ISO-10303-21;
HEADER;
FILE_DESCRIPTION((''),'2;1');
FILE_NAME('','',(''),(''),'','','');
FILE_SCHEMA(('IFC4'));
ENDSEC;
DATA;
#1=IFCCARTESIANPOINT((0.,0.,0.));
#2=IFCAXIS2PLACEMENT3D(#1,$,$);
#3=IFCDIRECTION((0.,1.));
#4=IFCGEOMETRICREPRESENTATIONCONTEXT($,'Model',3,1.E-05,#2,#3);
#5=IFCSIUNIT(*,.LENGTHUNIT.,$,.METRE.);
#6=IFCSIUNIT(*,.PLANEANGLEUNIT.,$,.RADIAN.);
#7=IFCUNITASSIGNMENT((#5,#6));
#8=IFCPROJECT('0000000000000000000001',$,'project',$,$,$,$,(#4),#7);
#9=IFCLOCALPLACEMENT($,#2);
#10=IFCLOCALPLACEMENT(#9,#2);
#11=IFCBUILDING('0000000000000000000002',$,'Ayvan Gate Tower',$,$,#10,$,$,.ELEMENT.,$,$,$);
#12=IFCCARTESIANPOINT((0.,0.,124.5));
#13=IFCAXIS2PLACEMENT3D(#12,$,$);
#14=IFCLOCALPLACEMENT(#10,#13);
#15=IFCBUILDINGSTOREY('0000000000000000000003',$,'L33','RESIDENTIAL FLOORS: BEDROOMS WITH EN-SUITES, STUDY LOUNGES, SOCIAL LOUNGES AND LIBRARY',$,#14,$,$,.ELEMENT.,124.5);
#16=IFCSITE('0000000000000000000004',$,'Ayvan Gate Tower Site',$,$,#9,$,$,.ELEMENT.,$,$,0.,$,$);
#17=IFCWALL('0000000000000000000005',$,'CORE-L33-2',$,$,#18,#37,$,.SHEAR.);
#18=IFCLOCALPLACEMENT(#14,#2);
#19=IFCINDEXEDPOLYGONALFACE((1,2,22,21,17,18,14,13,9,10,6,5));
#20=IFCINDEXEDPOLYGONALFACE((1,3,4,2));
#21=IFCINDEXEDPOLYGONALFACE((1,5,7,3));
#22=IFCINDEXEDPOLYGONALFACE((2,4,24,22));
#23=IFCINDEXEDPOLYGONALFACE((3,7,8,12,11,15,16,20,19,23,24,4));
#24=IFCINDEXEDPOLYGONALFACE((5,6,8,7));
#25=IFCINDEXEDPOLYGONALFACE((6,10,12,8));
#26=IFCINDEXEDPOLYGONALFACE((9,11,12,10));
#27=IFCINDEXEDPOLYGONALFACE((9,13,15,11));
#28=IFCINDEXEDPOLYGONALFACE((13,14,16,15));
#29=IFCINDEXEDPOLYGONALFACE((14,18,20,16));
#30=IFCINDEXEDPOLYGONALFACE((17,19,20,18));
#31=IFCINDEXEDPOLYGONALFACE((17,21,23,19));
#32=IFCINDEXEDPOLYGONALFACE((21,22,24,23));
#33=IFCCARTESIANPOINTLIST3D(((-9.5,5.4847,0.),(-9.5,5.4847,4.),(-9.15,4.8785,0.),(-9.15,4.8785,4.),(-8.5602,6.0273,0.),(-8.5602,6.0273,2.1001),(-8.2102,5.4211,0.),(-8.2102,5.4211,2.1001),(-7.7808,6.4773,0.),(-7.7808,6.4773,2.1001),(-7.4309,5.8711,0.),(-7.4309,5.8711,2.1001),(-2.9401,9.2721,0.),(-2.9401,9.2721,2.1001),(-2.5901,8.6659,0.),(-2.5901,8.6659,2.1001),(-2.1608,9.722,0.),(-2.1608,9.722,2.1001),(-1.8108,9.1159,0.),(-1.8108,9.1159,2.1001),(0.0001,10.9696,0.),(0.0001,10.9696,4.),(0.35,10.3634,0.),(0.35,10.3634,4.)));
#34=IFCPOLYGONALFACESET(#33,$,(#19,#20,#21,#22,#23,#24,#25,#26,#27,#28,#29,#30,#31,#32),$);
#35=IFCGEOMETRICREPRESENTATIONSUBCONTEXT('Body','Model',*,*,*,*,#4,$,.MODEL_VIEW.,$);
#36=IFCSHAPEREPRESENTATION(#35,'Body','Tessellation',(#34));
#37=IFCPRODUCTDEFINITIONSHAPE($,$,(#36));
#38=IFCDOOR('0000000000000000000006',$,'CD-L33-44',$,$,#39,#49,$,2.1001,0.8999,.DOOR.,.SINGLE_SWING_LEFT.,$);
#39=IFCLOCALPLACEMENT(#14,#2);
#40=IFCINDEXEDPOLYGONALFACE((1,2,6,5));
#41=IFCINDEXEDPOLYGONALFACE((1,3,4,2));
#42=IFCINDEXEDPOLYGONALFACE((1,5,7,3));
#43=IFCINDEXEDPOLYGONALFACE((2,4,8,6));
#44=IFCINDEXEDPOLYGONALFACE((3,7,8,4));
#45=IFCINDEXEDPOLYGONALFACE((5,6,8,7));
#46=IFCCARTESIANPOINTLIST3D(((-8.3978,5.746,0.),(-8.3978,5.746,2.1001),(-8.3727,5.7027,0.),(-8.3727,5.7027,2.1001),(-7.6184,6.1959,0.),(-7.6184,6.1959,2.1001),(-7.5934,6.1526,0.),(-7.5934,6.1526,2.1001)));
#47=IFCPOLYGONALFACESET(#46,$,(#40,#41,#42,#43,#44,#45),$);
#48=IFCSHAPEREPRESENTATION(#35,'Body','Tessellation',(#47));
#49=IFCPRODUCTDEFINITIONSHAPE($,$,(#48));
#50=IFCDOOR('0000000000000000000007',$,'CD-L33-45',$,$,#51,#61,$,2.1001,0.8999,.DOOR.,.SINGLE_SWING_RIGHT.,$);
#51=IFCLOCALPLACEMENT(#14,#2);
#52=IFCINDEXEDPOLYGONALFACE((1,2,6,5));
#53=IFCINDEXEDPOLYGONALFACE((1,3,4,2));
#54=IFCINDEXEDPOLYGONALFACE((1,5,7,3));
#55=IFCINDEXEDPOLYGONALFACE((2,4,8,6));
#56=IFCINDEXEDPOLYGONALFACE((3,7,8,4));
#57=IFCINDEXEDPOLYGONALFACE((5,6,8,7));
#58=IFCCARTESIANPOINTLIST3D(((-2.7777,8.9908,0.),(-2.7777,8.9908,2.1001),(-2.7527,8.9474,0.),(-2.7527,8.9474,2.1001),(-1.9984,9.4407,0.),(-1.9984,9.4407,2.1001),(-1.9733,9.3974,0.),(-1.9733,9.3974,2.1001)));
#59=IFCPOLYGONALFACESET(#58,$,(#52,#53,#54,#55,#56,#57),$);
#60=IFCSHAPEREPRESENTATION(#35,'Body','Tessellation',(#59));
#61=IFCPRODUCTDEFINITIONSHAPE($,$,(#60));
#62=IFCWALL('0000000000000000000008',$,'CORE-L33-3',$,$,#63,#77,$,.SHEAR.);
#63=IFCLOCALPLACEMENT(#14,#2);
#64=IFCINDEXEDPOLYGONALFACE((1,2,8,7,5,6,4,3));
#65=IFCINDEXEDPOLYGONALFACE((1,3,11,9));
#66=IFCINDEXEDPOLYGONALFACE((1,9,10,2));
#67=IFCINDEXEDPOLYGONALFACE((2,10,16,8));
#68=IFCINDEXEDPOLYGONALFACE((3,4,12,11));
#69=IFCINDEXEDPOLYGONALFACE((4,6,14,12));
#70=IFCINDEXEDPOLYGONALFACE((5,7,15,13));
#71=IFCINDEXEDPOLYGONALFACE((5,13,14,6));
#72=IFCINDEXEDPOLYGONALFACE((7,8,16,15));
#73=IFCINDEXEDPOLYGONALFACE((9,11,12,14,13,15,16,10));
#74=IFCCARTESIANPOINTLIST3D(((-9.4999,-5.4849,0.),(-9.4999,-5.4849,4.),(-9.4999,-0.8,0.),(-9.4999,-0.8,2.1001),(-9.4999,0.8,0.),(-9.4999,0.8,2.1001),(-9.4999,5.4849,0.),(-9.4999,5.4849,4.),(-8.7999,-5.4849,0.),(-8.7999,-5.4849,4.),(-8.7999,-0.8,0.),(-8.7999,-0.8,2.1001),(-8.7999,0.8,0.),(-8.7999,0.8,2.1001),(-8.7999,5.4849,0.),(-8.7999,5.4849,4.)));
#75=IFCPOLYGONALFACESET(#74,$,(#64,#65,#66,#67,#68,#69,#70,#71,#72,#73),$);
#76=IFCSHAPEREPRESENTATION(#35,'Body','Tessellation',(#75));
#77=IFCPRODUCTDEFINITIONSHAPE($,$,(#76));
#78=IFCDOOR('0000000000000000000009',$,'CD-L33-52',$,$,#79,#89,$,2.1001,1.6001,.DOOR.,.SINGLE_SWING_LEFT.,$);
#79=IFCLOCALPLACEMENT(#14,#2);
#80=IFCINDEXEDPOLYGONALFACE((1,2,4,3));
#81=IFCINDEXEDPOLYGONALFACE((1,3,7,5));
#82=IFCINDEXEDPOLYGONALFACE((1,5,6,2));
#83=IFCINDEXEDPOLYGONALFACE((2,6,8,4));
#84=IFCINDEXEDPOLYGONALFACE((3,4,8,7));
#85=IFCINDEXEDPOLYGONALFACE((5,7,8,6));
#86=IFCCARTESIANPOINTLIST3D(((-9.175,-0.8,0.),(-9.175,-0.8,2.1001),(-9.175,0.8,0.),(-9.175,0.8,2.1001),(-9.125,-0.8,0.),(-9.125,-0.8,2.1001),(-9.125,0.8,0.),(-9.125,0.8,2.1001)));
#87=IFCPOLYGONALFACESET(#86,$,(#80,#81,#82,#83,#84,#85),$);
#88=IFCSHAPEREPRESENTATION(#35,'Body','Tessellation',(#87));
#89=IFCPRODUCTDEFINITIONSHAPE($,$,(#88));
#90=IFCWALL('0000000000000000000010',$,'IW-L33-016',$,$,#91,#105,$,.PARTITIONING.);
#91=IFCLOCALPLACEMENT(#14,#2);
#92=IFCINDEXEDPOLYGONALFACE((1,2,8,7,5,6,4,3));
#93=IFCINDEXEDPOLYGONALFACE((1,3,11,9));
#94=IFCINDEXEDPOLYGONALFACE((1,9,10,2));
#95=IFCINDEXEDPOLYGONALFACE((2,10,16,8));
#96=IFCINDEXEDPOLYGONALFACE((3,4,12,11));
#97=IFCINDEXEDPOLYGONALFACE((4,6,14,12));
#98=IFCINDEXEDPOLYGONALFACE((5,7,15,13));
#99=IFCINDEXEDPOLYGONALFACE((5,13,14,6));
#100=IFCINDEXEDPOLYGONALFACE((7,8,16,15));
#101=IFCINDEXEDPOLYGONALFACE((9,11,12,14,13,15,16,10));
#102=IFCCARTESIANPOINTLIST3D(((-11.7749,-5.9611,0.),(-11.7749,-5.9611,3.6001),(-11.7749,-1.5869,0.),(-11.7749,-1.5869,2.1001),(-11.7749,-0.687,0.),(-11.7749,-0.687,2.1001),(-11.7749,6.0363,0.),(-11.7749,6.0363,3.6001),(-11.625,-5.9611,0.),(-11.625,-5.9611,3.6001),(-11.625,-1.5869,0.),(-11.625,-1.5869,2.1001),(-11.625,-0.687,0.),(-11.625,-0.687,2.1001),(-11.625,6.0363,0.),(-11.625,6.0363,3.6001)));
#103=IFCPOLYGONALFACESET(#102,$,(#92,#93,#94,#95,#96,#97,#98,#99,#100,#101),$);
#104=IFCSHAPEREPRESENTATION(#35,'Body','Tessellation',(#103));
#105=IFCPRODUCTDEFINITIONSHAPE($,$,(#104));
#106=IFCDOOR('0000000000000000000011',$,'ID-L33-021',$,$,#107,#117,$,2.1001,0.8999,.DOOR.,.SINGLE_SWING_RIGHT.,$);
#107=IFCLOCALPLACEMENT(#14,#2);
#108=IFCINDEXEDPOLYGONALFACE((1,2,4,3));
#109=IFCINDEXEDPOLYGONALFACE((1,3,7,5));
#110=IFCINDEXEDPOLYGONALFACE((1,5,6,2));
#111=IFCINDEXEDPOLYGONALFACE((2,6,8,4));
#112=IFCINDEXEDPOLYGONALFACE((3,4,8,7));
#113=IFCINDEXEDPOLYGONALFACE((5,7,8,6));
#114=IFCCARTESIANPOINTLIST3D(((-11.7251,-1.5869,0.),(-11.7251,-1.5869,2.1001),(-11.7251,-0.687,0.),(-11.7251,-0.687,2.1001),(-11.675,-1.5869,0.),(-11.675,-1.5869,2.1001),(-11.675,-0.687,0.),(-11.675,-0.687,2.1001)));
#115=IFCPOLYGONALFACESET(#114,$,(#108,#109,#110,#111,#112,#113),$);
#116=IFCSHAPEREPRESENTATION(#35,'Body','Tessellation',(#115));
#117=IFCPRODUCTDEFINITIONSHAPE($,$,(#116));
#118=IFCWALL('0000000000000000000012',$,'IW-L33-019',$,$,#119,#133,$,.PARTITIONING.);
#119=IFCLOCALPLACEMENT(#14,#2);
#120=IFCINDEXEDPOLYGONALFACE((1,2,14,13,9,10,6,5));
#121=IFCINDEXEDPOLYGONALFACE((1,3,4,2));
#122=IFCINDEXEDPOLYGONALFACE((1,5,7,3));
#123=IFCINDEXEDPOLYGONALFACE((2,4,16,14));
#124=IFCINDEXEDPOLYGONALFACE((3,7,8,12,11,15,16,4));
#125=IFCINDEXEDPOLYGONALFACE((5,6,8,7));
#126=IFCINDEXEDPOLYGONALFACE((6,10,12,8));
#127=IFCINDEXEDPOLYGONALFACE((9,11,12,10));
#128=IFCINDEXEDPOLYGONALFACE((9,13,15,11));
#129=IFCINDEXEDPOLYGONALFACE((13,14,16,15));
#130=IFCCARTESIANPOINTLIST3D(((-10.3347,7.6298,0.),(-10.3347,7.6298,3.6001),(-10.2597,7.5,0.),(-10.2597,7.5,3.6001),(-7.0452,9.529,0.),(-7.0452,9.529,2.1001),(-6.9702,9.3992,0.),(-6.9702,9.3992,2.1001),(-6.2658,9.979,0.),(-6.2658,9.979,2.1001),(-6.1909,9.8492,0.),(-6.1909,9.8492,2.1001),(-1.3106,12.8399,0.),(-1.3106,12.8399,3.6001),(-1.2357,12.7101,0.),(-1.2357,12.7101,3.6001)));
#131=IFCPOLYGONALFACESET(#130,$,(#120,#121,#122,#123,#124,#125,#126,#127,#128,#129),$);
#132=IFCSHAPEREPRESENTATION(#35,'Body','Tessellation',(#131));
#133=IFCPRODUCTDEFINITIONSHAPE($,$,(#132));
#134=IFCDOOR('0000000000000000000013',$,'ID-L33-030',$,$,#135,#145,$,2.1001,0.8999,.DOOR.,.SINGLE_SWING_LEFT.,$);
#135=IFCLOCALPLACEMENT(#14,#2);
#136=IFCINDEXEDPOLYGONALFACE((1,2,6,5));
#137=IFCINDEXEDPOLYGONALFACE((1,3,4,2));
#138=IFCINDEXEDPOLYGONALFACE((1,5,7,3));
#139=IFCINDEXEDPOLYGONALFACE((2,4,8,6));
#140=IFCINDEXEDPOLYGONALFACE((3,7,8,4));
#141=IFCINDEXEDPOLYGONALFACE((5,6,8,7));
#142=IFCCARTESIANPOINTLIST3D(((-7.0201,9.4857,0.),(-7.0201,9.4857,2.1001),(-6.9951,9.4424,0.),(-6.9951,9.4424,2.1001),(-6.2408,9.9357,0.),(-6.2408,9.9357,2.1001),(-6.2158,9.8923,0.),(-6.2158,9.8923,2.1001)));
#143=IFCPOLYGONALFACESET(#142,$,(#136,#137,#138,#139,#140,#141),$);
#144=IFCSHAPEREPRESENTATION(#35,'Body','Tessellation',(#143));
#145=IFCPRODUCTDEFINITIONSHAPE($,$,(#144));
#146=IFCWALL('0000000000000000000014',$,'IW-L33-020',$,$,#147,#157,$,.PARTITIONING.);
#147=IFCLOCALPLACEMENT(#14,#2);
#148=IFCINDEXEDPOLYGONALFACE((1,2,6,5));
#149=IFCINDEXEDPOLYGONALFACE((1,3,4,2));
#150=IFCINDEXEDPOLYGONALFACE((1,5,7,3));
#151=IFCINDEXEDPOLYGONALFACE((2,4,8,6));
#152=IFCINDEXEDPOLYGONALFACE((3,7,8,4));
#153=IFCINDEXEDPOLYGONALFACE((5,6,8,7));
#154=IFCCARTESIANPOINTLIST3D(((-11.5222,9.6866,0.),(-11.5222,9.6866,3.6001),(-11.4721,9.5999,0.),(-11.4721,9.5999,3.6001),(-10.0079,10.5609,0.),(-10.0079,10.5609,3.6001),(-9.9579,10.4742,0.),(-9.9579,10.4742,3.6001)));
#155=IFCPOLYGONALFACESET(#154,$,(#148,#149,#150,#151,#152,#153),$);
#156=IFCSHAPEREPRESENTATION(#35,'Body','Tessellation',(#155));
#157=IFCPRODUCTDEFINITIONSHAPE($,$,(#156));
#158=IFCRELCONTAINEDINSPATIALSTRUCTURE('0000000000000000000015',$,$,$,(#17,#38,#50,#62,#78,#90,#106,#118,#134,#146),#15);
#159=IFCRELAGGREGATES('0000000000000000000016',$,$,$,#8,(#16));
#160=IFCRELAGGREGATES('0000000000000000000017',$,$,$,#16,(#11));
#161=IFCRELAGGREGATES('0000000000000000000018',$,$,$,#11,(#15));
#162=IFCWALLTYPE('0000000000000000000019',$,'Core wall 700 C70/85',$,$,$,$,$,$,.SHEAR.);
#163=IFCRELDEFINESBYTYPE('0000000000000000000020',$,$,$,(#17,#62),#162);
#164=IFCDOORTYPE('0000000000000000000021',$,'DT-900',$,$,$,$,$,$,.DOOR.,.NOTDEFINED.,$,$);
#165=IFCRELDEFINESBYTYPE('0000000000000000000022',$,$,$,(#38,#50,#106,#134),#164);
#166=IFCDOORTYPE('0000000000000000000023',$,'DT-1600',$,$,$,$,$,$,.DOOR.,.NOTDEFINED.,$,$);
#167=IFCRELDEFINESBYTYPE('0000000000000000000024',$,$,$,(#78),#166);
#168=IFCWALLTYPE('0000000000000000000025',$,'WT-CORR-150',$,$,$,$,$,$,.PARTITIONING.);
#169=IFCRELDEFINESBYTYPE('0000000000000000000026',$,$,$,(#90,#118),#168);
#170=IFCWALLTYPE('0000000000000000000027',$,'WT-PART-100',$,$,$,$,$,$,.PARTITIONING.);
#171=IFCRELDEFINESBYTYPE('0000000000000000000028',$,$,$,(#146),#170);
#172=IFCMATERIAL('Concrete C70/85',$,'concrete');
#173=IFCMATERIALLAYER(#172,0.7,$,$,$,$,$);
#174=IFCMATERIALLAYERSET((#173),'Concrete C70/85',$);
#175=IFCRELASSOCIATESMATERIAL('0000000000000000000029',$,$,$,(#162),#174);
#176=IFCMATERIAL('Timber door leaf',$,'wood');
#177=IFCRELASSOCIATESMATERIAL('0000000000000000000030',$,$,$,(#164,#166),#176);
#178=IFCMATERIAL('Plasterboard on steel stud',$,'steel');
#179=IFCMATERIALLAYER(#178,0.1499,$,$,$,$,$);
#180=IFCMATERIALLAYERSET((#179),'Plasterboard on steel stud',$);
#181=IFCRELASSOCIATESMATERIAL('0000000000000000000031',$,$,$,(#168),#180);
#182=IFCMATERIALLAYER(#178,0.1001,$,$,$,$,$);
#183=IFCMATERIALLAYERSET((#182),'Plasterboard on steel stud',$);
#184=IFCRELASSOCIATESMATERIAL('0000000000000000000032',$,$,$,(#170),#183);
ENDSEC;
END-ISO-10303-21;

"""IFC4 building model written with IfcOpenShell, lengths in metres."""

from ifc_helpers import new_model, si_unit, direction, frame, frame_2d, origin, place, context, subcontext, project, spatial, rectangle, extrude, material, layer, layer_set, type_object, element, fill, save


model = new_model("IFC4")

# Units and contexts
model_context = context("Model", 3, precision=1e-05, world=origin(), true_north=direction((0.0, 1.0)))
body_context = subcontext(model_context, "Body", "Model", "MODEL_VIEW")
ifc_project = project(units=[si_unit("LENGTHUNIT", "METRE"), si_unit("PLANEANGLEUNIT", "RADIAN")], contexts=[model_context])

# Site, building, storey
site_placement = place(None, origin())
site = spatial("IfcSite", under=ifc_project, at=site_placement, Name="Ayvan Gate Tower Site", CompositionType="ELEMENT", RefElevation=0.0)
building_placement = place(site_placement, origin())
building = spatial("IfcBuilding", under=site, at=building_placement, Name="Ayvan Gate Tower", CompositionType="ELEMENT")
storey_placement = place(building_placement, frame((0.0, 0.0, 124.5)))
storey = spatial("IfcBuildingStorey", under=building, at=storey_placement, Name="L33", Description="RESIDENTIAL FLOORS: BEDROOMS WITH EN-SUITES, STUDY LOUNGES, SOCIAL LOUNGES AND LIBRARY", CompositionType="ELEMENT", Elevation=124.5)

# Wall, openings, doors
ifc_material_1 = material(Name="Concrete C70/85", Category="concrete")
ifc_layer_1 = layer(ifc_material_1, 0.7)
ifc_layer_set_1 = layer_set([ifc_layer_1], Name="Concrete C70/85")
wall_type_1 = type_object("IfcWallType", Name="Core wall 700 C70/85", PredefinedType="SHEAR", material=ifc_layer_set_1)
wall_1_placement = place(storey_placement, frame((0.175, 10.6665, 0.0), z_axis=(0.0, 0.0, 1.0), x_axis=(-0.866024, -0.500002, 0.0)))
wall_1 = element("IfcWall", 1, at=wall_1_placement, inside=storey, type_object=wall_type_1, Name="CORE-L33-2", PredefinedType="SHEAR", context=body_context, shape_type="SweptSolid", body=[
    extrude(rectangle(XDim=10.9697, YDim=0.7, at=frame_2d((5.4849, 0.0))), origin(), (0.0, 0.0, 1.0), 4.0),
])
opening_1_placement = place(wall_1_placement, frame((8.9846, 0.0, 0.0)))
opening_1 = element("IfcOpeningElement", 2, at=opening_1_placement, cuts=wall_1, PredefinedType="OPENING", context=body_context, shape_type="SweptSolid", body=[
    extrude(rectangle(XDim=0.8999, YDim=2.1001, at=frame_2d((0.45, 1.05))), frame((0.0, 0.3599, 0.0), z_axis=(0.0, -1.0, 0.0), x_axis=(1.0, 0.0, 0.0)), (0.0, 0.0, 1.0), 0.72),
])
opening_2_placement = place(wall_1_placement, frame((2.4951, 0.0, 0.0)))
opening_2 = element("IfcOpeningElement", 3, at=opening_2_placement, cuts=wall_1, PredefinedType="OPENING", context=body_context, shape_type="SweptSolid", body=[
    extrude(rectangle(XDim=0.8999, YDim=2.1001, at=frame_2d((0.45, 1.05))), frame((0.0, 0.3599, 0.0), z_axis=(0.0, -1.0, 0.0), x_axis=(1.0, 0.0, 0.0)), (0.0, 0.0, 1.0), 0.72),
])
ifc_material_2 = material(Name="Timber door leaf", Category="wood")
door_type_1 = type_object("IfcDoorType", Name="DT-900", OperationType="NOTDEFINED", PredefinedType="DOOR", material=ifc_material_2)
door_1_placement = place(opening_1_placement, origin())
door_1 = element("IfcDoor", 4, at=door_1_placement, inside=storey, type_object=door_type_1, Name="CD-L33-44", OperationType="SINGLE_SWING_LEFT", OverallHeight=2.1001, OverallWidth=0.8999, PredefinedType="DOOR", context=body_context, shape_type="SweptSolid", body=[
    extrude(rectangle(XDim=0.8999, YDim=2.1001, at=frame_2d((0.45, 1.05))), frame((0.0, 0.0249, 0.0), z_axis=(0.0, -1.0, 0.0), x_axis=(1.0, 0.0, 0.0)), (0.0, 0.0, 1.0), 0.05),
])
fill(opening_1, door_1)
door_2_placement = place(opening_2_placement, origin())
door_2 = element("IfcDoor", 5, at=door_2_placement, inside=storey, type_object=door_type_1, Name="CD-L33-45", OperationType="SINGLE_SWING_RIGHT", OverallHeight=2.1001, OverallWidth=0.8999, PredefinedType="DOOR", context=body_context, shape_type="SweptSolid", body=[
    extrude(rectangle(XDim=0.8999, YDim=2.1001, at=frame_2d((0.45, 1.05))), frame((0.0, 0.0249, 0.0), z_axis=(0.0, -1.0, 0.0), x_axis=(1.0, 0.0, 0.0)), (0.0, 0.0, 1.0), 0.05),
])
fill(opening_2, door_2)

# Walls, openings, doors
wall_2_placement = place(storey_placement, frame((-9.1499, 5.4849, 0.0), z_axis=(0.0, 0.0, 1.0), x_axis=(0.0, -1.0, 0.0)))
wall_2 = element("IfcWall", 6, at=wall_2_placement, inside=storey, type_object=wall_type_1, Name="CORE-L33-3", PredefinedType="SHEAR", context=body_context, shape_type="SweptSolid", body=[
    extrude(rectangle(XDim=10.9697, YDim=0.7, at=frame_2d((5.4849, 0.0))), origin(), (0.0, 0.0, 1.0), 4.0),
])
opening_3_placement = place(wall_2_placement, frame((4.6848, 0.0, 0.0)))
opening_3 = element("IfcOpeningElement", 7, at=opening_3_placement, cuts=wall_2, PredefinedType="OPENING", context=body_context, shape_type="SweptSolid", body=[
    extrude(rectangle(XDim=1.6001, YDim=2.1001, at=frame_2d((0.8, 1.05))), frame((0.0, 0.3599, 0.0), z_axis=(0.0, -1.0, 0.0), x_axis=(1.0, 0.0, 0.0)), (0.0, 0.0, 1.0), 0.72),
])
door_type_2 = type_object("IfcDoorType", Name="DT-1600", OperationType="NOTDEFINED", PredefinedType="DOOR", material=ifc_material_2)
door_3_placement = place(opening_3_placement, origin())
door_3 = element("IfcDoor", 8, at=door_3_placement, inside=storey, type_object=door_type_2, Name="CD-L33-52", OperationType="SINGLE_SWING_LEFT", OverallHeight=2.1001, OverallWidth=1.6001, PredefinedType="DOOR", context=body_context, shape_type="SweptSolid", body=[
    extrude(rectangle(XDim=1.6001, YDim=2.1001, at=frame_2d((0.8, 1.05))), frame((0.0, 0.0249, 0.0), z_axis=(0.0, -1.0, 0.0), x_axis=(1.0, 0.0, 0.0)), (0.0, 0.0, 1.0), 0.05),
])
fill(opening_3, door_3)
ifc_material_3 = material(Name="Plasterboard on steel stud", Category="steel")
ifc_layer_2 = layer(ifc_material_3, 0.1499)
ifc_layer_set_2 = layer_set([ifc_layer_2], Name="Plasterboard on steel stud")
wall_type_2 = type_object("IfcWallType", Name="WT-CORR-150", PredefinedType="PARTITIONING", material=ifc_layer_set_2)
wall_3_placement = place(storey_placement, frame((-11.7, 6.0361, 0.0), z_axis=(0.0, 0.0, 1.0), x_axis=(0.0, -1.0, 0.0)))
wall_3 = element("IfcWall", 9, at=wall_3_placement, inside=storey, type_object=wall_type_2, Name="IW-L33-016", PredefinedType="PARTITIONING", context=body_context, shape_type="SweptSolid", body=[
    extrude(rectangle(XDim=11.9973, YDim=0.1499, at=frame_2d((5.9985, 0.0))), origin(), (0.0, 0.0, 1.0), 3.6001),
])
opening_4_placement = place(wall_3_placement, frame((6.7231, 0.0, 0.0)))
opening_4 = element("IfcOpeningElement", 10, at=opening_4_placement, cuts=wall_3, PredefinedType="OPENING", context=body_context, shape_type="SweptSolid", body=[
    extrude(rectangle(XDim=0.8999, YDim=2.1001, at=frame_2d((0.45, 1.05))), frame((0.0, 0.085, 0.0), z_axis=(0.0, -1.0, 0.0), x_axis=(1.0, 0.0, 0.0)), (0.0, 0.0, 1.0), 0.1699),
])
door_4_placement = place(opening_4_placement, origin())
door_4 = element("IfcDoor", 11, at=door_4_placement, inside=storey, type_object=door_type_1, Name="ID-L33-021", OperationType="SINGLE_SWING_RIGHT", OverallHeight=2.1001, OverallWidth=0.8999, PredefinedType="DOOR", context=body_context, shape_type="SweptSolid", body=[
    extrude(rectangle(XDim=0.8999, YDim=2.1001, at=frame_2d((0.45, 1.05))), frame((0.0, 0.0249, 0.0), z_axis=(0.0, -1.0, 0.0), x_axis=(1.0, 0.0, 0.0)), (0.0, 0.0, 1.0), 0.05),
])
fill(opening_4, door_4)
wall_4_placement = place(storey_placement, frame((-10.2971, 7.5649, 0.0), z_axis=(0.0, 0.0, 1.0), x_axis=(0.866021, 0.500007, 0.0)))
wall_4 = element("IfcWall", 12, at=wall_4_placement, inside=storey, type_object=wall_type_2, Name="IW-L33-019", PredefinedType="PARTITIONING", context=body_context, shape_type="SweptSolid", body=[
    extrude(rectangle(XDim=10.4202, YDim=0.1499, at=frame_2d((5.21, 0.0))), origin(), (0.0, 0.0, 1.0), 3.6001),
])
opening_5_placement = place(wall_4_placement, frame((3.7983, 0.0, 0.0)))
opening_5 = element("IfcOpeningElement", 13, at=opening_5_placement, cuts=wall_4, PredefinedType="OPENING", context=body_context, shape_type="SweptSolid", body=[
    extrude(rectangle(XDim=0.8999, YDim=2.1001, at=frame_2d((0.45, 1.05))), frame((0.0, 0.085, 0.0), z_axis=(0.0, -1.0, 0.0), x_axis=(1.0, 0.0, 0.0)), (0.0, 0.0, 1.0), 0.1699),
])
door_5_placement = place(opening_5_placement, origin())
door_5 = element("IfcDoor", 14, at=door_5_placement, inside=storey, type_object=door_type_1, Name="ID-L33-030", OperationType="SINGLE_SWING_LEFT", OverallHeight=2.1001, OverallWidth=0.8999, PredefinedType="DOOR", context=body_context, shape_type="SweptSolid", body=[
    extrude(rectangle(XDim=0.8999, YDim=2.1001, at=frame_2d((0.45, 1.05))), frame((0.0, 0.0249, 0.0), z_axis=(0.0, -1.0, 0.0), x_axis=(1.0, 0.0, 0.0)), (0.0, 0.0, 1.0), 0.05),
])
fill(opening_5, door_5)

# Wall
ifc_layer_3 = layer(ifc_material_3, 0.1001)
ifc_layer_set_3 = layer_set([ifc_layer_3], Name="Plasterboard on steel stud")
wall_type_3 = type_object("IfcWallType", Name="WT-PART-100", PredefinedType="PARTITIONING", material=ifc_layer_set_3)
wall_5_placement = place(storey_placement, frame((-9.9829, 10.5176, 0.0), z_axis=(0.0, 0.0, 1.0), x_axis=(-0.866009, -0.500029, 0.0)))
element("IfcWall", 15, at=wall_5_placement, inside=storey, type_object=wall_type_3, Name="IW-L33-020", PredefinedType="PARTITIONING", context=body_context, shape_type="SweptSolid", body=[
    extrude(rectangle(XDim=1.7485, YDim=0.1001, at=frame_2d((0.8743, 0.0))), origin(), (0.0, 0.0, 1.0), 3.6001),
])

save(model, "model.ifc")
